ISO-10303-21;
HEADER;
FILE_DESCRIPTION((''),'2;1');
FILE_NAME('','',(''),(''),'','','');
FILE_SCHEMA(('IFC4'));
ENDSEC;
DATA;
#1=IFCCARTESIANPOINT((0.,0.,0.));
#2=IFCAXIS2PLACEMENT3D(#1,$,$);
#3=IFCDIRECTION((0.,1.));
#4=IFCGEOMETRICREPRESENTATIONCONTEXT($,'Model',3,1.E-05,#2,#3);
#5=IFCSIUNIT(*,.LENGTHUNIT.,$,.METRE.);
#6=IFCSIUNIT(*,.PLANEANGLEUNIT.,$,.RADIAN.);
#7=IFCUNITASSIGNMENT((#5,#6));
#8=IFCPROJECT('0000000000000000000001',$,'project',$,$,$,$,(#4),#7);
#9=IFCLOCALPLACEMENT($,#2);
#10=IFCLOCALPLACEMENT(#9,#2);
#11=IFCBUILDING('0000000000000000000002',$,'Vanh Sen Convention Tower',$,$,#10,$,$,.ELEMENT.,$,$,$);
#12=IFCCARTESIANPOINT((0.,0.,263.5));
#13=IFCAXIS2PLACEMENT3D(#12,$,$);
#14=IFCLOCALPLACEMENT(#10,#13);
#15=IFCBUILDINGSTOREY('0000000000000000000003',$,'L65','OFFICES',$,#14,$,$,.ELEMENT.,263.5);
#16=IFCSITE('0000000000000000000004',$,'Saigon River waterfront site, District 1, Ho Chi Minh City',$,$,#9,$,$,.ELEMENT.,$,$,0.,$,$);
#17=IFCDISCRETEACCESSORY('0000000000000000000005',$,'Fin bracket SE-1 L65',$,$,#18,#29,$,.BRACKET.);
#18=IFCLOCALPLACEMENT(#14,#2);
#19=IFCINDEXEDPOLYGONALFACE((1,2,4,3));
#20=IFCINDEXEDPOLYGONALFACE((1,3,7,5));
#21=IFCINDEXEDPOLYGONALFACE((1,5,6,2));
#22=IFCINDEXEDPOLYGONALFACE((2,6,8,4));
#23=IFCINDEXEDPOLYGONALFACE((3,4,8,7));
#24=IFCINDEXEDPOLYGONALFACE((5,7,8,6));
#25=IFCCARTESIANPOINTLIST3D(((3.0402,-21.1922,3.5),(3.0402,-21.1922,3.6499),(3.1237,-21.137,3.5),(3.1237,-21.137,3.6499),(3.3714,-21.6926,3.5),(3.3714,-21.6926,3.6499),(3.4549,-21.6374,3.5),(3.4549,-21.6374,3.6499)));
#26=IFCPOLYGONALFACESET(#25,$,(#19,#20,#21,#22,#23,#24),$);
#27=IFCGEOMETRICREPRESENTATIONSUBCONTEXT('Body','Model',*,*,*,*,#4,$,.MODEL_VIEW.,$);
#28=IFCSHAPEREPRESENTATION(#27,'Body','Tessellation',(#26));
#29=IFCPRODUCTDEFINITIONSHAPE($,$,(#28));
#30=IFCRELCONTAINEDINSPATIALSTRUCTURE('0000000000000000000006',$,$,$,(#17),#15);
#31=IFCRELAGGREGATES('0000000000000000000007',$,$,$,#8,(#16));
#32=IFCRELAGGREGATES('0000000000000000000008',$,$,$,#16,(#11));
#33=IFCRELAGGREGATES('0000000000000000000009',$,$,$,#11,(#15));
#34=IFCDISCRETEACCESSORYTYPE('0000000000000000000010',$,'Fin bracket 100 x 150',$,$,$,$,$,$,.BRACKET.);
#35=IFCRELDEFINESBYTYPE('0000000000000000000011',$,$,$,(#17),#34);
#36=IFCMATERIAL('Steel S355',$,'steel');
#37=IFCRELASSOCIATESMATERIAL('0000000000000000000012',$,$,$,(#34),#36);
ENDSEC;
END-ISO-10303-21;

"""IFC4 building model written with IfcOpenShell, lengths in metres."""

from ifc_helpers import new_model, si_unit, direction, frame, origin, origin_2d, place, context, subcontext, project, spatial, rectangle, extrude, material, type_object, element, save


model = new_model("IFC4")

# Units and contexts
model_context = context("Model", 3, precision=1e-05, world=origin(), true_north=direction((0.0, 1.0)))
body_context = subcontext(model_context, "Body", "Model", "MODEL_VIEW")
ifc_project = project(units=[si_unit("LENGTHUNIT", "METRE"), si_unit("PLANEANGLEUNIT", "RADIAN")], contexts=[model_context])

# Site, building, storey
site_placement = place(None, origin())
site = spatial("IfcSite", under=ifc_project, at=site_placement, Name="Saigon River waterfront site, District 1, Ho Chi Minh City", CompositionType="ELEMENT", RefElevation=0.0)
building_placement = place(site_placement, origin())
building = spatial("IfcBuilding", under=site, at=building_placement, Name="Vanh Sen Convention Tower", CompositionType="ELEMENT")
storey_placement = place(building_placement, frame((0.0, 0.0, 263.5)))
storey = spatial("IfcBuildingStorey", under=building, at=storey_placement, Name="L65", Description="OFFICES", CompositionType="ELEMENT", Elevation=263.5)

# Discrete accessory
ifc_material_1 = material(Name="Steel S355", Category="steel")
discrete_accessory_type = type_object("IfcDiscreteAccessoryType", Name="Fin bracket 100 x 150", PredefinedType="BRACKET", material=ifc_material_1)
discrete_accessory_placement = place(storey_placement, frame((3.2476, -21.4148, 3.5), z_axis=(0.0, 0.0, 1.0), x_axis=(0.551937, -0.833886, 0.0)))
element("IfcDiscreteAccessory", 1, at=discrete_accessory_placement, inside=storey, type_object=discrete_accessory_type, Name="Fin bracket SE-1 L65", PredefinedType="BRACKET", context=body_context, shape_type="SweptSolid", body=[
    extrude(rectangle(XDim=0.6001, YDim=0.1001, at=origin_2d()), origin(), (0.0, 0.0, 1.0), 0.1499),
])

save(model, "model.ifc")
